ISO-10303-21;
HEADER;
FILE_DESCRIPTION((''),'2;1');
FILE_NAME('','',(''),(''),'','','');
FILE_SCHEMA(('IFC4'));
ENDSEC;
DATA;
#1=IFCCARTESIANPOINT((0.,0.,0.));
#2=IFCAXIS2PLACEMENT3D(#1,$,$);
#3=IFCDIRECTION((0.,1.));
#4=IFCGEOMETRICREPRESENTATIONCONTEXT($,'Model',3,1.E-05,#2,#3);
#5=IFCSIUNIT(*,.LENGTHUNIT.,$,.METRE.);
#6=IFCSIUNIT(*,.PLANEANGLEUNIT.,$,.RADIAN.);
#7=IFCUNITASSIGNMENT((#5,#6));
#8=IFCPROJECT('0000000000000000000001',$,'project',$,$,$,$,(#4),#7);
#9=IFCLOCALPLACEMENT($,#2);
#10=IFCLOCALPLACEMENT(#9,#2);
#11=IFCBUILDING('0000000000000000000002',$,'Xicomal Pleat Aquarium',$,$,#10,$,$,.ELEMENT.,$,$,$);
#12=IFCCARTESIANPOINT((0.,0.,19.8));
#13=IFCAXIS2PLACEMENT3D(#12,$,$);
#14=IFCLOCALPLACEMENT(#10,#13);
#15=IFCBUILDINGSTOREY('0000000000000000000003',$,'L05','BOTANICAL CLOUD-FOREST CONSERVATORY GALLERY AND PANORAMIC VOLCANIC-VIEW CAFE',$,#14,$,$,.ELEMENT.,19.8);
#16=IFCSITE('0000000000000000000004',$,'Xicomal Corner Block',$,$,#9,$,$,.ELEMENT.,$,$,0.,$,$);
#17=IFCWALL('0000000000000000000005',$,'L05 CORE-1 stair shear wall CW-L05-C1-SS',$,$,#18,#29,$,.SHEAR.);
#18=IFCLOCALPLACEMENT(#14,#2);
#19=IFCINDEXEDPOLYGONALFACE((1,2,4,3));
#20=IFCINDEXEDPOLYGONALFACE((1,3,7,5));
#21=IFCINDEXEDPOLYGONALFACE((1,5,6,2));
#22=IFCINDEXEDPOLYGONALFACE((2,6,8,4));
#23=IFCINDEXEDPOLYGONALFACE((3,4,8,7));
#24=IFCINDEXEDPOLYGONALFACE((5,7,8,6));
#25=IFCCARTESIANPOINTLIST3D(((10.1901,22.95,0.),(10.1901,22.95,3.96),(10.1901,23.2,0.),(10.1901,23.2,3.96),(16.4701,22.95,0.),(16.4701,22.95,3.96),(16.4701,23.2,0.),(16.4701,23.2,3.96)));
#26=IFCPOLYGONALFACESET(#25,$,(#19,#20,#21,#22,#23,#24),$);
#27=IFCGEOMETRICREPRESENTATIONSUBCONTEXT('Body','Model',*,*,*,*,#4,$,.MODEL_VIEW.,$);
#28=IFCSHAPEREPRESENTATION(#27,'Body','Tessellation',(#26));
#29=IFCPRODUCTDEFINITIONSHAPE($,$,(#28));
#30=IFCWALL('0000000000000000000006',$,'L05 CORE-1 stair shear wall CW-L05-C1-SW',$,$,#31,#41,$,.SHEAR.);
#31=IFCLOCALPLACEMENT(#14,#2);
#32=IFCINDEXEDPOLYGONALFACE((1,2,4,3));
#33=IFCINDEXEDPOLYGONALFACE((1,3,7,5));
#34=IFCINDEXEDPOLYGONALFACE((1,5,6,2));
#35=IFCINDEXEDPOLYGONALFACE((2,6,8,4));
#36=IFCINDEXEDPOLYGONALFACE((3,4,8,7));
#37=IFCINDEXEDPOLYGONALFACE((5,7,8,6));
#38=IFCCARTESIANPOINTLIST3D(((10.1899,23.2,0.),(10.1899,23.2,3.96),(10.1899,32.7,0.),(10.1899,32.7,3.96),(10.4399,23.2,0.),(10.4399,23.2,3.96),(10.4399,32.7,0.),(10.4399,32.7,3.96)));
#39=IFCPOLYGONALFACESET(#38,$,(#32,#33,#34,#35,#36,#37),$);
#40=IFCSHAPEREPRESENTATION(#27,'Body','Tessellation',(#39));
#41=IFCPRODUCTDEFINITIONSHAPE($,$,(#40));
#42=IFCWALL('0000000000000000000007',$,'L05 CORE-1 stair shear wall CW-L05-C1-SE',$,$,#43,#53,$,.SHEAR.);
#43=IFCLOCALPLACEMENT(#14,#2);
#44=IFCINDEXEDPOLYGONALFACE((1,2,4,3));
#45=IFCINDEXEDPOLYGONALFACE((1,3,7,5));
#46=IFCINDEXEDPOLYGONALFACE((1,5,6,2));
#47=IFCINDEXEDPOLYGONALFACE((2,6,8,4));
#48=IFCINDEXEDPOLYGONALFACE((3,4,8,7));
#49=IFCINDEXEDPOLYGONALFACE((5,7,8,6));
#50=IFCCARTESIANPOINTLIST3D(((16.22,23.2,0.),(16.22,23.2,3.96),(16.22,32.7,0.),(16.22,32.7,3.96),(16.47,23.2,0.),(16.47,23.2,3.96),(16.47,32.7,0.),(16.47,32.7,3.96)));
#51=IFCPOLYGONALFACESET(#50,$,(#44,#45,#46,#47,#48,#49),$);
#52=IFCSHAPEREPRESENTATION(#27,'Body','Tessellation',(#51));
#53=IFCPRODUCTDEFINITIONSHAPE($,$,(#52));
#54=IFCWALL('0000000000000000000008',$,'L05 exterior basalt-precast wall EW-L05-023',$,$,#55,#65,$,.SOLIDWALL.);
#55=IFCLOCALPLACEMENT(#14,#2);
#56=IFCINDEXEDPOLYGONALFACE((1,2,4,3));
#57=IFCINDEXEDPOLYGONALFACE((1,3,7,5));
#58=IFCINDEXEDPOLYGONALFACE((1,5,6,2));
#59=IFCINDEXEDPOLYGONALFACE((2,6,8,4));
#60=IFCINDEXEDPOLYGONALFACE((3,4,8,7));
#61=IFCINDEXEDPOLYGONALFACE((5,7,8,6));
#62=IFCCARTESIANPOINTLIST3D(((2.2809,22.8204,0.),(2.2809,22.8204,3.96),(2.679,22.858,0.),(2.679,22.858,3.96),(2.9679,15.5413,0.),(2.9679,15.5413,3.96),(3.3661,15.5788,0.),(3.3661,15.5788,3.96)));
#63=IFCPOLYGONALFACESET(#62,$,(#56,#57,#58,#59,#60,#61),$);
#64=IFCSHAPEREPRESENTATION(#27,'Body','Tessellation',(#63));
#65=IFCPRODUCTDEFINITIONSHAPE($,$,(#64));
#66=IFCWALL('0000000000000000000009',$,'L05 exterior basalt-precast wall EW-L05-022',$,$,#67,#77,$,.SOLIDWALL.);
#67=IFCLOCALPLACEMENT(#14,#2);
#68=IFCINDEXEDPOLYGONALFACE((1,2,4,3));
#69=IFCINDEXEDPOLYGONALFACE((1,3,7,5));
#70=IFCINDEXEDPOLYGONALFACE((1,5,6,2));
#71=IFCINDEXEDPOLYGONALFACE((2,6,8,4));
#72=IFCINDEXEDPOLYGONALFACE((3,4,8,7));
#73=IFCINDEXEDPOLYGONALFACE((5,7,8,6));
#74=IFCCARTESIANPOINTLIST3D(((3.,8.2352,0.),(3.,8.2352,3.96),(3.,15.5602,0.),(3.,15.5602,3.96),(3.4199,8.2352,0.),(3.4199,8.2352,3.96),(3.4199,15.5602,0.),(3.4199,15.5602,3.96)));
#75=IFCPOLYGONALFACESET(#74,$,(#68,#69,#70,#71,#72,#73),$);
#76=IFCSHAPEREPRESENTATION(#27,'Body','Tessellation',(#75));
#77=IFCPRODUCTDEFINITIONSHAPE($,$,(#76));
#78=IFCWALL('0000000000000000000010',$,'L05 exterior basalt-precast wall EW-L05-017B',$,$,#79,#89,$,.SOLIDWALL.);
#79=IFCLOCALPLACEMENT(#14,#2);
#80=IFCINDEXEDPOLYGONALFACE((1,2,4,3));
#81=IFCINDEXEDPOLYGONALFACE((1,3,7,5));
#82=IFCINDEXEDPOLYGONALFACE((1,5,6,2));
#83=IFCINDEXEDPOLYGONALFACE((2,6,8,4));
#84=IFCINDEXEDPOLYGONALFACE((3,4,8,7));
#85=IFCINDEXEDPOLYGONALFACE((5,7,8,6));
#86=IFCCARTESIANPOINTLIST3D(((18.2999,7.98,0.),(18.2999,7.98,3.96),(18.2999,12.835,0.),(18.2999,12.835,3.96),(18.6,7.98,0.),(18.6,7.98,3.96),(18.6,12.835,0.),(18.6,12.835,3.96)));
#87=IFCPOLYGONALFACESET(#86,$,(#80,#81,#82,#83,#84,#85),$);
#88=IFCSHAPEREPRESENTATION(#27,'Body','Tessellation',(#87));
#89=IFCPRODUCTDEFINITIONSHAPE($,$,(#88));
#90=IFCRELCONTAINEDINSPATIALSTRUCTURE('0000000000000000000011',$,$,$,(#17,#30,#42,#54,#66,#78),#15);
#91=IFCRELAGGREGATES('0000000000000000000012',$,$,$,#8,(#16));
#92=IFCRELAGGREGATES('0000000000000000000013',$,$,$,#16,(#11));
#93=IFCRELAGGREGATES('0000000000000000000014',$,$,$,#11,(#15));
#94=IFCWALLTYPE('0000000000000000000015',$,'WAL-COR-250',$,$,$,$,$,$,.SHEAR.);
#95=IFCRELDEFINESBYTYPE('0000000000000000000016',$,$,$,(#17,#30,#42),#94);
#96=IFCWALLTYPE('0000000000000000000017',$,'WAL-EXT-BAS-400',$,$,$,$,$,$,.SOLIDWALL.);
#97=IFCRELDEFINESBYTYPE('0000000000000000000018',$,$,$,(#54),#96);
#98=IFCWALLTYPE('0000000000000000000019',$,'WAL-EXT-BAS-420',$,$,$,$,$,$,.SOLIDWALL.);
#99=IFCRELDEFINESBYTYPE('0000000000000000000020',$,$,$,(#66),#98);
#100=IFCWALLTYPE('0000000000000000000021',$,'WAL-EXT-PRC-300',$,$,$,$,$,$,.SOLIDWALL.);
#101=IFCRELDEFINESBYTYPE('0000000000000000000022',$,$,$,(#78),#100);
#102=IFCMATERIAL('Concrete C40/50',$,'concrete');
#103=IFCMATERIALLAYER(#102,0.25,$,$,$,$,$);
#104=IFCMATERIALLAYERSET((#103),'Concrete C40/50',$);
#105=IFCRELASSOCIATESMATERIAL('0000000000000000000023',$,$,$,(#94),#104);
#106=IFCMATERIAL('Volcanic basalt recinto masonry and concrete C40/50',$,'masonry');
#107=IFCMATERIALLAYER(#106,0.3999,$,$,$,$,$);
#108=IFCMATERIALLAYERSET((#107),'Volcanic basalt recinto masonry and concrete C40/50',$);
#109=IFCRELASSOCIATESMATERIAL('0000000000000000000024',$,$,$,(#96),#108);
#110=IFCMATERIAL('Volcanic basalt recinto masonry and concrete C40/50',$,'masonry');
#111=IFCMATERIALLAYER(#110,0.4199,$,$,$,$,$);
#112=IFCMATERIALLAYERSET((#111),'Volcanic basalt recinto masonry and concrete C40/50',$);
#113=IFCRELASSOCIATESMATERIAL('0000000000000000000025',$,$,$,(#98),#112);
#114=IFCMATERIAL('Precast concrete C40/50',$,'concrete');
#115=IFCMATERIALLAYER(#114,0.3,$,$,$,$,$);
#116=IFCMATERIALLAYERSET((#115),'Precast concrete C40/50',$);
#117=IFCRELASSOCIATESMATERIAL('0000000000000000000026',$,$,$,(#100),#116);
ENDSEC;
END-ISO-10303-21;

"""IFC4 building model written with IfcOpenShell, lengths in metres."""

from ifc_helpers import new_model, si_unit, direction, frame, frame_2d, origin, place, context, subcontext, project, spatial, rectangle, extrude, material, layer, layer_set, type_object, element, save


model = new_model("IFC4")

# Units and contexts
model_context = context("Model", 3, precision=1e-05, world=origin(), true_north=direction((0.0, 1.0)))
body_context = subcontext(model_context, "Body", "Model", "MODEL_VIEW")
ifc_project = project(units=[si_unit("LENGTHUNIT", "METRE"), si_unit("PLANEANGLEUNIT", "RADIAN")], contexts=[model_context])

# Site, building, storey
site_placement = place(None, origin())
site = spatial("IfcSite", under=ifc_project, at=site_placement, Name="Xicomal Corner Block", CompositionType="ELEMENT", RefElevation=0.0)
building_placement = place(site_placement, origin())
building = spatial("IfcBuilding", under=site, at=building_placement, Name="Xicomal Pleat Aquarium", CompositionType="ELEMENT")
storey_placement = place(building_placement, frame((0.0, 0.0, 19.8)))
storey = spatial("IfcBuildingStorey", under=building, at=storey_placement, Name="L05", Description="BOTANICAL CLOUD-FOREST CONSERVATORY GALLERY AND PANORAMIC VOLCANIC-VIEW CAFE", CompositionType="ELEMENT", Elevation=19.8)

# Walls
ifc_material_1 = material(Name="Concrete C40/50", Category="concrete")
ifc_layer_1 = layer(ifc_material_1, 0.25)
ifc_layer_set_1 = layer_set([ifc_layer_1], Name="Concrete C40/50")
wall_type_1 = type_object("IfcWallType", Name="WAL-COR-250", PredefinedType="SHEAR", material=ifc_layer_set_1)
wall_1_placement = place(storey_placement, frame((10.1899, 23.075, 0.0), z_axis=(0.0, 0.0, 1.0), x_axis=(1.0, 0.0, 0.0)))
element("IfcWall", 1, at=wall_1_placement, inside=storey, type_object=wall_type_1, Name="L05 CORE-1 stair shear wall CW-L05-C1-SS", PredefinedType="SHEAR", context=body_context, shape_type="SweptSolid", body=[
    extrude(rectangle(XDim=6.28, YDim=0.25, at=frame_2d((3.1401, 0.0))), origin(), (0.0, 0.0, 1.0), 3.96),
])
for number, where, z_axis, x_axis, name in (
    (2, (10.3149, 23.2, 0.0), (0.0, 0.0, 1.0), (0.0, 1.0, 0.0), "L05 CORE-1 stair shear wall CW-L05-C1-SW"),
    (3, (16.345, 23.2, 0.0), (0.0, 0.0, 1.0), (0.0, 1.0, 0.0), "L05 CORE-1 stair shear wall CW-L05-C1-SE"),
):
    element("IfcWall", number, at=place(storey_placement, frame(where, z_axis=z_axis, x_axis=x_axis)), inside=storey, type_object=wall_type_1, Name=name, PredefinedType="SHEAR", context=body_context, shape_type="SweptSolid", body=[
        extrude(rectangle(XDim=9.5, YDim=0.25, at=frame_2d((4.75, 0.0))), origin(), (0.0, 0.0, 1.0), 3.96),
    ])
ifc_material_2 = material(Name="Volcanic basalt recinto masonry and concrete C40/50", Category="masonry")
ifc_layer_2 = layer(ifc_material_2, 0.3999)
ifc_layer_set_2 = layer_set([ifc_layer_2], Name="Volcanic basalt recinto masonry and concrete C40/50")
wall_type_2 = type_object("IfcWallType", Name="WAL-EXT-BAS-400", PredefinedType="SOLIDWALL", material=ifc_layer_set_2)
wall_2_placement = place(storey_placement, frame((3.167, 15.5601, 0.0), z_axis=(0.0, 0.0, 1.0), x_axis=(-0.093964, 0.995576, 0.0)))
element("IfcWall", 4, at=wall_2_placement, inside=storey, type_object=wall_type_2, Name="L05 exterior basalt-precast wall EW-L05-023", PredefinedType="SOLIDWALL", context=body_context, shape_type="SweptSolid", body=[
    extrude(rectangle(XDim=7.3115, YDim=0.3999, at=frame_2d((3.6558, 0.0))), origin(), (0.0, 0.0, 1.0), 3.96),
])
ifc_material_3 = material(Name="Volcanic basalt recinto masonry and concrete C40/50", Category="masonry")
ifc_layer_3 = layer(ifc_material_3, 0.4199)
ifc_layer_set_3 = layer_set([ifc_layer_3], Name="Volcanic basalt recinto masonry and concrete C40/50")
wall_type_3 = type_object("IfcWallType", Name="WAL-EXT-BAS-420", PredefinedType="SOLIDWALL", material=ifc_layer_set_3)
wall_3_placement = place(storey_placement, frame((3.21, 8.2351, 0.0), z_axis=(0.0, 0.0, 1.0), x_axis=(0.0, 1.0, 0.0)))
element("IfcWall", 5, at=wall_3_placement, inside=storey, type_object=wall_type_3, Name="L05 exterior basalt-precast wall EW-L05-022", PredefinedType="SOLIDWALL", context=body_context, shape_type="SweptSolid", body=[
    extrude(rectangle(XDim=7.325, YDim=0.4199, at=frame_2d((3.6626, 0.0))), origin(), (0.0, 0.0, 1.0), 3.96),
])
ifc_material_4 = material(Name="Precast concrete C40/50", Category="concrete")
ifc_layer_4 = layer(ifc_material_4, 0.3)
ifc_layer_set_4 = layer_set([ifc_layer_4], Name="Precast concrete C40/50")
wall_type_4 = type_object("IfcWallType", Name="WAL-EXT-PRC-300", PredefinedType="SOLIDWALL", material=ifc_layer_set_4)
wall_4_placement = place(storey_placement, frame((18.45, 12.835, 0.0), z_axis=(0.0, 0.0, 1.0), x_axis=(0.0, -1.0, 0.0)))
element("IfcWall", 6, at=wall_4_placement, inside=storey, type_object=wall_type_4, Name="L05 exterior basalt-precast wall EW-L05-017B", PredefinedType="SOLIDWALL", context=body_context, shape_type="SweptSolid", body=[
    extrude(rectangle(XDim=4.855, YDim=0.3, at=frame_2d((2.4275, 0.0))), origin(), (0.0, 0.0, 1.0), 3.96),
])

save(model, "model.ifc")
